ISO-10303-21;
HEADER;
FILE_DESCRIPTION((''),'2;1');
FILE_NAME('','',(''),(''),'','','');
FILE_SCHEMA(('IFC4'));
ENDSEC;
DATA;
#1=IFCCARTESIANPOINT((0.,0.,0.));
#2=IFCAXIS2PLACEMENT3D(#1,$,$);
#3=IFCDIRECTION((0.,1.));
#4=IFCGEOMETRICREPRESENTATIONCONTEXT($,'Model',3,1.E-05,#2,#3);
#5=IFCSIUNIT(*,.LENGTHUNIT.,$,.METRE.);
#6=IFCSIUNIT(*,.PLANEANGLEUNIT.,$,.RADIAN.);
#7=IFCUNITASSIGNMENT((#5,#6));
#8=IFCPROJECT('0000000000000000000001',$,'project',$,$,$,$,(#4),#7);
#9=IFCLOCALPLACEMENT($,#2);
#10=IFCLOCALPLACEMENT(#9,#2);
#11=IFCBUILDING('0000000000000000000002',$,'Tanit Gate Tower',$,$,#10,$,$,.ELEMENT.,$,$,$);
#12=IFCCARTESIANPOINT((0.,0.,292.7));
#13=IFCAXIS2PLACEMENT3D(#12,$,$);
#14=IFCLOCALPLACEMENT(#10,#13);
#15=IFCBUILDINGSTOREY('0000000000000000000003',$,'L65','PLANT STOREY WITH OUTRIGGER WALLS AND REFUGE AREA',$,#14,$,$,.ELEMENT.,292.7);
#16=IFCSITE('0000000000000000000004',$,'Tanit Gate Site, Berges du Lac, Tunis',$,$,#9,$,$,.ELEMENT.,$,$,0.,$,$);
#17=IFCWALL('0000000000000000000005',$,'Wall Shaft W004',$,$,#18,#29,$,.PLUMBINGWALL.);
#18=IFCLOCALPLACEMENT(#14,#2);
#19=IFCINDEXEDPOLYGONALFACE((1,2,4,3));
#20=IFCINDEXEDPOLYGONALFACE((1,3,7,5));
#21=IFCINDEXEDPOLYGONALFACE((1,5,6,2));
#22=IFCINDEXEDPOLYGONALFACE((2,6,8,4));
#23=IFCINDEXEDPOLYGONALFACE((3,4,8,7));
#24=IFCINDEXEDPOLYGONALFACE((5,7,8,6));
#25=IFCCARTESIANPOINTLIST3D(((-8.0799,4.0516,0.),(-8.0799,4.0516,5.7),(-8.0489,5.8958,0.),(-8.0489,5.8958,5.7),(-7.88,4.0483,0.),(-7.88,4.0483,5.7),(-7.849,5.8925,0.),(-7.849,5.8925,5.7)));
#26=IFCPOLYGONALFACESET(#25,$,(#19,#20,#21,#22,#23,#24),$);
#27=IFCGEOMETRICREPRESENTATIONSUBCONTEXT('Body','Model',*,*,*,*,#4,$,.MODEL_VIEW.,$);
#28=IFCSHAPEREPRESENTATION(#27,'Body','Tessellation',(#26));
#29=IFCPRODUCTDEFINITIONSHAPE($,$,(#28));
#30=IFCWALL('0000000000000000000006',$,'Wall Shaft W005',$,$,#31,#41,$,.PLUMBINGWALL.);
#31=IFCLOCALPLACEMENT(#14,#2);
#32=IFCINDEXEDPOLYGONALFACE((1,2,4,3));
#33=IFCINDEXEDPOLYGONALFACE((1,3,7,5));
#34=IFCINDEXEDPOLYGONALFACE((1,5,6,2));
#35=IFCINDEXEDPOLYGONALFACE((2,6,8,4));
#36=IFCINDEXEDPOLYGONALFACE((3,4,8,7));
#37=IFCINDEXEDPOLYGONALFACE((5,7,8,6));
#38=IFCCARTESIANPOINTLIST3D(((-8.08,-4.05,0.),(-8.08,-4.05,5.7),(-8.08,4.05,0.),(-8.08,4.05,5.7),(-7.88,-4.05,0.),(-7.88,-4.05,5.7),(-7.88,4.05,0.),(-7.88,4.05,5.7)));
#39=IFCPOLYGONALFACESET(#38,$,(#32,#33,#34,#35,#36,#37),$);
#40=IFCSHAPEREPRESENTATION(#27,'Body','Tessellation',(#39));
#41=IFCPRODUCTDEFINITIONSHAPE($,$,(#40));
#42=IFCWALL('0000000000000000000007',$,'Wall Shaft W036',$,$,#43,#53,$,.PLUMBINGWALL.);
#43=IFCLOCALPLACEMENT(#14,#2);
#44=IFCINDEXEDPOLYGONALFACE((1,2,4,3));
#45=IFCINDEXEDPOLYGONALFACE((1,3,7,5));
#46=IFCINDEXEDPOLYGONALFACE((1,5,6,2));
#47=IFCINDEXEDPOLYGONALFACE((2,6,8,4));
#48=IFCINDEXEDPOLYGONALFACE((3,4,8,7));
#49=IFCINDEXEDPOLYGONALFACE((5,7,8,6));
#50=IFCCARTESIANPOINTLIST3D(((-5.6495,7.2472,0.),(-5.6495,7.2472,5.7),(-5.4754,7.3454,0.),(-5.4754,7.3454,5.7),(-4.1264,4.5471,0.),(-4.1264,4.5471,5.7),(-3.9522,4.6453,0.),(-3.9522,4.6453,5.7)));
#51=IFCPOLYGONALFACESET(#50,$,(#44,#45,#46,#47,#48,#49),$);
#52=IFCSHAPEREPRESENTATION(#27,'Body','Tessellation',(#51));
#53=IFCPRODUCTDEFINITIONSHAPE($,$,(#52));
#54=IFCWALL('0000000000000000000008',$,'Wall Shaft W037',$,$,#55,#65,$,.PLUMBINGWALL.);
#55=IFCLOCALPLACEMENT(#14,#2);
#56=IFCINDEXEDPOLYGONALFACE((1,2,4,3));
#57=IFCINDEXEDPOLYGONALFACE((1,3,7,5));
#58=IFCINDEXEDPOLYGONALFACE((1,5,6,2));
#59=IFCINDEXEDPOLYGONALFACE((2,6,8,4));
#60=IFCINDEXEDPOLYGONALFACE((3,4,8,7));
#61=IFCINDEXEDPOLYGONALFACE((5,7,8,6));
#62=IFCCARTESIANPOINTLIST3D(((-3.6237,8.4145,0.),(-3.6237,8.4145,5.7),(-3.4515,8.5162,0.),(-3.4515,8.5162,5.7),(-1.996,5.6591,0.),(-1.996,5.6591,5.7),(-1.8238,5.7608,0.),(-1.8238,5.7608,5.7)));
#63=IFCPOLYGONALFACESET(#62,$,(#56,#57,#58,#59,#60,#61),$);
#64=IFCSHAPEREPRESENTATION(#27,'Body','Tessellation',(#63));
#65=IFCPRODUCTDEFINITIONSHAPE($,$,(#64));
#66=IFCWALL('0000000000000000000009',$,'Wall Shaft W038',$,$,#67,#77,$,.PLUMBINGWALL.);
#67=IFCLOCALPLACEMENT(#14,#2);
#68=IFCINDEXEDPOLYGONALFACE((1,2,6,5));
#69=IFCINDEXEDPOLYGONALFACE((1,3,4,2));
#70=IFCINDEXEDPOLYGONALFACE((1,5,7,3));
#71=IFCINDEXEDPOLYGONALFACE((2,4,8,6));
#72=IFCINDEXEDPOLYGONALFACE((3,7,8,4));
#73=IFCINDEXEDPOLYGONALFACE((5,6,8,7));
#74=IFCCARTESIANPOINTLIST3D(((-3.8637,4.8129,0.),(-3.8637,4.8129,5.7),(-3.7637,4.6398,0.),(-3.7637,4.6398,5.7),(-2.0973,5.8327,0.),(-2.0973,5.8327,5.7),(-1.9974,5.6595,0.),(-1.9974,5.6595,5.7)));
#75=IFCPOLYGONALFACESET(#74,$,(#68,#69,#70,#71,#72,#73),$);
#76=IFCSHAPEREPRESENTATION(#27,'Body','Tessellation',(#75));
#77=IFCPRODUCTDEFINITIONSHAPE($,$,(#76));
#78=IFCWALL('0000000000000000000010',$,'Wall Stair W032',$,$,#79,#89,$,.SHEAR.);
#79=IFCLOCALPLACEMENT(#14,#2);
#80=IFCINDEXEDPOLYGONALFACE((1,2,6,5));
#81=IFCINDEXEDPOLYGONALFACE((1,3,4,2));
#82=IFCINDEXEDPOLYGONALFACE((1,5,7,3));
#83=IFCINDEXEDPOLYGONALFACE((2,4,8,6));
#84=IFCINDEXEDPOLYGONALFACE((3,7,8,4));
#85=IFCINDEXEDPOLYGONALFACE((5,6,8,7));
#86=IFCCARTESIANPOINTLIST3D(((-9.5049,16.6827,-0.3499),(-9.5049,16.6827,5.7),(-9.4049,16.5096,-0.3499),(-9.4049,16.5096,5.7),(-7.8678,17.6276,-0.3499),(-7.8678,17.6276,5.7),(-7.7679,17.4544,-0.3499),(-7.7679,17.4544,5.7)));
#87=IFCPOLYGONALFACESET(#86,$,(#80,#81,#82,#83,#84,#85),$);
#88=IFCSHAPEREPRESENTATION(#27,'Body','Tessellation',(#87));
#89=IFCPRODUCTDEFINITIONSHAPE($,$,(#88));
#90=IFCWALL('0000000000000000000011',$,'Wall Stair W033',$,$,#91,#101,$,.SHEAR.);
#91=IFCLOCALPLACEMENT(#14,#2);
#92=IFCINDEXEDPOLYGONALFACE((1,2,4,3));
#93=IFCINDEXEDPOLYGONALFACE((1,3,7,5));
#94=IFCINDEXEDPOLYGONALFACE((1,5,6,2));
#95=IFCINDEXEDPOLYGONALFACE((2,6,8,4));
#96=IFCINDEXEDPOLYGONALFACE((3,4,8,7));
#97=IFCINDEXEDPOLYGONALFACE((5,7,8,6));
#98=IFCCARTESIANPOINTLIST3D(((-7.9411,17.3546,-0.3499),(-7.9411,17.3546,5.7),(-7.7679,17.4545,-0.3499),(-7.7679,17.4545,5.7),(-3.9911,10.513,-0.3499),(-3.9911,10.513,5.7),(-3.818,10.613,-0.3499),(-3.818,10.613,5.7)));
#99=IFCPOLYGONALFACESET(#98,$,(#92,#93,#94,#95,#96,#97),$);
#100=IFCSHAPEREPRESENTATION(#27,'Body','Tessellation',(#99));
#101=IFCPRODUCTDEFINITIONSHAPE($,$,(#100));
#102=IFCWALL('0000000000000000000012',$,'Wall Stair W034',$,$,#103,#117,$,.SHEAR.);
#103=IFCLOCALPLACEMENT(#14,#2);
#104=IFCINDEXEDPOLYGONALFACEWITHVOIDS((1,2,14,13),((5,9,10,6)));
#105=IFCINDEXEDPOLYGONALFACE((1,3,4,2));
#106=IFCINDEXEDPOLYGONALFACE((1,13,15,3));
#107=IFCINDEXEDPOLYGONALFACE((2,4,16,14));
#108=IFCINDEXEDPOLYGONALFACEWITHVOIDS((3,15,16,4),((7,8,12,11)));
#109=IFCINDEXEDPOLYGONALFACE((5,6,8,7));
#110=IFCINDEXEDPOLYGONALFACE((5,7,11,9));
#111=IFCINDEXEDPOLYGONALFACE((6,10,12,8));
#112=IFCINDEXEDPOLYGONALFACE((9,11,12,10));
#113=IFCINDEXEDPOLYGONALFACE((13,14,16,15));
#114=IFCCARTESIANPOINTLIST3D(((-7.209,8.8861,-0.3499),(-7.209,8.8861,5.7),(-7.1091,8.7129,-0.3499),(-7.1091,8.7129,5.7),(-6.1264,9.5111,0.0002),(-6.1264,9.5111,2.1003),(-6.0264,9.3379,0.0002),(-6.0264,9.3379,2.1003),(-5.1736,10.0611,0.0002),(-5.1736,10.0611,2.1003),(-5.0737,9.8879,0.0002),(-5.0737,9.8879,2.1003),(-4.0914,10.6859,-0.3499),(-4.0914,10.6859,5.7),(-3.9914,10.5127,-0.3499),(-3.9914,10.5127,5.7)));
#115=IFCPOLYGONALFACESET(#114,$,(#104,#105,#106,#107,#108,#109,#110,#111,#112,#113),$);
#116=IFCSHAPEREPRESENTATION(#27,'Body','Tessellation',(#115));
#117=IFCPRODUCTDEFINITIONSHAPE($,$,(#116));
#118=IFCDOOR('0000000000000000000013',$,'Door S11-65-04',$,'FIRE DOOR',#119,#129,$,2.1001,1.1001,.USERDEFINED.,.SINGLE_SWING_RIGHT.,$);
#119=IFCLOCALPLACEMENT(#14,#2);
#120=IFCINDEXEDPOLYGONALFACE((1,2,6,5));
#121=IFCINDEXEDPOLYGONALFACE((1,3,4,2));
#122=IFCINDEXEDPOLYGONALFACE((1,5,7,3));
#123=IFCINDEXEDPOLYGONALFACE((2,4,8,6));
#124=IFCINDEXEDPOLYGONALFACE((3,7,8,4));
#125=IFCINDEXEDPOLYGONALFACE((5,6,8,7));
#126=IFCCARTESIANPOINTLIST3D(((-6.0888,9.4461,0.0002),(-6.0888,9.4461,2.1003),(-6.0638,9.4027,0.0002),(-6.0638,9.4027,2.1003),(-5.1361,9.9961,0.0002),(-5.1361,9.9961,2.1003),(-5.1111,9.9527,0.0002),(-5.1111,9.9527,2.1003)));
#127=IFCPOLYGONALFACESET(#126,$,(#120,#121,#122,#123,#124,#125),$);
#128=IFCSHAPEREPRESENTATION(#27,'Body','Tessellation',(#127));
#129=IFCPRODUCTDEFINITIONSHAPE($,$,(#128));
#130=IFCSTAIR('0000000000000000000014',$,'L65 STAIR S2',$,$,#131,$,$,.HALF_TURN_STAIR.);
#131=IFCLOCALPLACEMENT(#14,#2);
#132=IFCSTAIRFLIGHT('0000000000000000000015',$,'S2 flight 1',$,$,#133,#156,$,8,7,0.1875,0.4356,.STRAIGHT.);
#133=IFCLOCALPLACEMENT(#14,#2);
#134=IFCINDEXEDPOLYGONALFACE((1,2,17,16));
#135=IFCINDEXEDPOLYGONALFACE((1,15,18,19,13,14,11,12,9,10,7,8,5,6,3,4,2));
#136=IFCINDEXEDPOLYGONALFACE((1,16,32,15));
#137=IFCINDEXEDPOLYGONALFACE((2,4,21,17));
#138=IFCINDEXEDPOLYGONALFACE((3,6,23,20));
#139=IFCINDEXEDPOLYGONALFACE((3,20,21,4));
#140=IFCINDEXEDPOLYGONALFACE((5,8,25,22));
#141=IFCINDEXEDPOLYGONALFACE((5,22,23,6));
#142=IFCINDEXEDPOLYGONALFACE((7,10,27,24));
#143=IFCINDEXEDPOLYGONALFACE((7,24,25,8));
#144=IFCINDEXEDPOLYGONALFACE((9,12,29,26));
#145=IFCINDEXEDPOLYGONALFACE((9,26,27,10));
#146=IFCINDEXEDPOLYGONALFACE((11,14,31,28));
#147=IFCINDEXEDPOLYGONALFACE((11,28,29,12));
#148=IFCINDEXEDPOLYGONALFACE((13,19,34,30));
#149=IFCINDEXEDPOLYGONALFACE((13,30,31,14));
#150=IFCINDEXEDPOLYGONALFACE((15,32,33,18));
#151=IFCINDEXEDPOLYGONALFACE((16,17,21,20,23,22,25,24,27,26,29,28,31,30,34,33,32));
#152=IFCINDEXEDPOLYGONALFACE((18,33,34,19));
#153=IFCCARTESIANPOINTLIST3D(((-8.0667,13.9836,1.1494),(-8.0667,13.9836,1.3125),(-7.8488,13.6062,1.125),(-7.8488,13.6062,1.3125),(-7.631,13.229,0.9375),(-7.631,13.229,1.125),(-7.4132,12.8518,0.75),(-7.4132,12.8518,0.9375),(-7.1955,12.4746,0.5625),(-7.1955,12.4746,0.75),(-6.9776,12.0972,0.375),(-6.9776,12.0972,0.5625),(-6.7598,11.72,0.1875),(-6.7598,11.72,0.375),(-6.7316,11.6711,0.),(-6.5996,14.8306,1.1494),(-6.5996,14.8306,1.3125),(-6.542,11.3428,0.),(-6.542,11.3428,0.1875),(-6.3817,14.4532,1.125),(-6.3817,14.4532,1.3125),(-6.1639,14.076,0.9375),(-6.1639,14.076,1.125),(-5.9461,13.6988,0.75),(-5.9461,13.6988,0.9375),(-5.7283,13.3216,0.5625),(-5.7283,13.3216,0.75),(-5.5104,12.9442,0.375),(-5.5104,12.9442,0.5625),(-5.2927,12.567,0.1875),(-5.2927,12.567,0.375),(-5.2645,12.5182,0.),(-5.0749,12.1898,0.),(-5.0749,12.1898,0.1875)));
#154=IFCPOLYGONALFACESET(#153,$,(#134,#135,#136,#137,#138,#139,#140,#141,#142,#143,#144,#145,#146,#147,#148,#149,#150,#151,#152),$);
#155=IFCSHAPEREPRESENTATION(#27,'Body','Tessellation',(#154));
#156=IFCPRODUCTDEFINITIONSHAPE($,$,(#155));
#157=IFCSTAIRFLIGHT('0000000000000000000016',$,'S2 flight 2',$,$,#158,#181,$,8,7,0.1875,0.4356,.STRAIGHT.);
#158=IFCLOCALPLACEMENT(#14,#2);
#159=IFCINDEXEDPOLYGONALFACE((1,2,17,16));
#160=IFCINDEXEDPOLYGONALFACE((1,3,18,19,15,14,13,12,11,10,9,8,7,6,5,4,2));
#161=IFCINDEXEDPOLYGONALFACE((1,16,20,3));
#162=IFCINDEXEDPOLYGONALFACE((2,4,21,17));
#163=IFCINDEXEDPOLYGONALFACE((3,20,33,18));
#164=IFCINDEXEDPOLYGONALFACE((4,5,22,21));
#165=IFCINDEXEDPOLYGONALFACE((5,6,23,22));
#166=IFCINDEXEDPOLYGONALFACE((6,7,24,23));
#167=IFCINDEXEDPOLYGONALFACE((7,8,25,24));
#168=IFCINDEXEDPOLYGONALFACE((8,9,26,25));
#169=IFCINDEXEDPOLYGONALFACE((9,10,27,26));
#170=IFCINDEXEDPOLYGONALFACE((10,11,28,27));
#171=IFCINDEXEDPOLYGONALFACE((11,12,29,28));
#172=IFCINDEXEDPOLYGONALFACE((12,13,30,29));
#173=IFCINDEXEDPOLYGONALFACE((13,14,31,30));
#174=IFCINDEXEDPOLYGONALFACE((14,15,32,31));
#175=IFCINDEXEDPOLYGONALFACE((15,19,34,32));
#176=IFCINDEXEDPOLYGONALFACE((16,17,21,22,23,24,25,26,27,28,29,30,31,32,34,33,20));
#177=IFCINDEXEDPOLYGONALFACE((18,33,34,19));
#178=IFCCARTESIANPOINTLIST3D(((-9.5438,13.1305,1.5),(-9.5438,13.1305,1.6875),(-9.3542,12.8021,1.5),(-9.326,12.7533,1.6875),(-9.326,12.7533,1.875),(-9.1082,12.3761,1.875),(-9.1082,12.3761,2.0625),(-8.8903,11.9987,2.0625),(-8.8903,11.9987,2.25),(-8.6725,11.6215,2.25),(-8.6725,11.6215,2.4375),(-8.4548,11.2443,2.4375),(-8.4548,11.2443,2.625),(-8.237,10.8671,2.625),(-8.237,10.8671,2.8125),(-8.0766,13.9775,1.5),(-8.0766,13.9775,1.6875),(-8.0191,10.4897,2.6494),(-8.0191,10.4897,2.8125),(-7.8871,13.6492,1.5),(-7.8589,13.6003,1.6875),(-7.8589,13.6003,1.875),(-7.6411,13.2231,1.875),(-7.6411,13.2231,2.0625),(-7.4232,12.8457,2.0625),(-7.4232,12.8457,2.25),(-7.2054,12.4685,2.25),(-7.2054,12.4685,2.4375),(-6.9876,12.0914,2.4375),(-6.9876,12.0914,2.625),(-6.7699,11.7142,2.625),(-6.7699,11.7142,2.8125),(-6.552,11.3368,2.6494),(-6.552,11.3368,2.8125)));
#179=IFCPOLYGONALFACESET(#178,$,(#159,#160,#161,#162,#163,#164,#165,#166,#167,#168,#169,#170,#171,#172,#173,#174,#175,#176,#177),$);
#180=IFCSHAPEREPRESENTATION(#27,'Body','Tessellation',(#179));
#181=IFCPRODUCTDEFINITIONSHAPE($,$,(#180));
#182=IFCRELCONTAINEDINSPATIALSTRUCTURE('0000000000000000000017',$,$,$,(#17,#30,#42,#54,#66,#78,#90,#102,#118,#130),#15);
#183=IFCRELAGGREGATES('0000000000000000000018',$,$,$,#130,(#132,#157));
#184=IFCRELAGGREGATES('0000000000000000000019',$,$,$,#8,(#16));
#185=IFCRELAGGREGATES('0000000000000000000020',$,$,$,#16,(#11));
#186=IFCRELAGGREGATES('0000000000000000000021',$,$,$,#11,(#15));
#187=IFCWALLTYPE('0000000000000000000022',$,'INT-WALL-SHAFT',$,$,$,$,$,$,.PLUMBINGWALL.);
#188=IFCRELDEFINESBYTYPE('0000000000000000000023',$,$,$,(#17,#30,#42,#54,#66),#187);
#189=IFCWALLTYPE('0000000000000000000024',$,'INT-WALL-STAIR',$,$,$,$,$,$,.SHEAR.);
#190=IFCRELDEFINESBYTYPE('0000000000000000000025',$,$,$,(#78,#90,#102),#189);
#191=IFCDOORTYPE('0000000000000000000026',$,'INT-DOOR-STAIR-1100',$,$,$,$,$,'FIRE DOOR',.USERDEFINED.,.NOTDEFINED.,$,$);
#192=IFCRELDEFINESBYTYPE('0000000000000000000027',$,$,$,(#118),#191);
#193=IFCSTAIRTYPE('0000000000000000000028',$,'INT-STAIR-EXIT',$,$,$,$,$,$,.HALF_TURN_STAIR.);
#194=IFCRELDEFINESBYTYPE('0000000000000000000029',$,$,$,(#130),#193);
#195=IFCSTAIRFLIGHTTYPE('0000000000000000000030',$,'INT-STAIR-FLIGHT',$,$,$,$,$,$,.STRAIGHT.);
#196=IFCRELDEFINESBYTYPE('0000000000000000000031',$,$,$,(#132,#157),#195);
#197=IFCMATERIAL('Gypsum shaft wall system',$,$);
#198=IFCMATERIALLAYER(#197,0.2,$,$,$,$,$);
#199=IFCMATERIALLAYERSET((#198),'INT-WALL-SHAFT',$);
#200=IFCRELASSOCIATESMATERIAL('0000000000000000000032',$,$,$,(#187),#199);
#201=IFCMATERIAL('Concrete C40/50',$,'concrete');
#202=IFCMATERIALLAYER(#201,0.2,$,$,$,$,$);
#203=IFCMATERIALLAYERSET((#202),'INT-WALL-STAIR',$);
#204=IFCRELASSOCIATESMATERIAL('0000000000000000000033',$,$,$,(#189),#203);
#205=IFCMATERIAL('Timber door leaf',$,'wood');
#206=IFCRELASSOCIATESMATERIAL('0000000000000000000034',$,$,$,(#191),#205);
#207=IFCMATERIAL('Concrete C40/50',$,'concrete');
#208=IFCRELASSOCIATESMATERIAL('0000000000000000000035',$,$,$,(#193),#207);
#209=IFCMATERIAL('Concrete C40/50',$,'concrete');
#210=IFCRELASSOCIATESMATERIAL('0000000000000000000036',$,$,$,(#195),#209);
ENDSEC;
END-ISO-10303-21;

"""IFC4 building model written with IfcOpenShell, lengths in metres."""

from ifc_helpers import new_model, si_unit, direction, frame, frame_2d, origin, place, context, subcontext, project, spatial, polyline, rectangle, outline, extrude, material, layer, layer_set, type_object, element, fill, aggregate, save


model = new_model("IFC4")

# Units and contexts
model_context = context("Model", 3, precision=1e-05, world=origin(), true_north=direction((0.0, 1.0)))
body_context = subcontext(model_context, "Body", "Model", "MODEL_VIEW")
ifc_project = project(units=[si_unit("LENGTHUNIT", "METRE"), si_unit("PLANEANGLEUNIT", "RADIAN")], contexts=[model_context])

# Site, building, storey
site_placement = place(None, origin())
site = spatial("IfcSite", under=ifc_project, at=site_placement, Name="Tanit Gate Site, Berges du Lac, Tunis", CompositionType="ELEMENT", RefElevation=0.0)
building_placement = place(site_placement, origin())
building = spatial("IfcBuilding", under=site, at=building_placement, Name="Tanit Gate Tower", CompositionType="ELEMENT")
storey_placement = place(building_placement, frame((0.0, 0.0, 292.7)))
storey = spatial("IfcBuildingStorey", under=building, at=storey_placement, Name="L65", Description="PLANT STOREY WITH OUTRIGGER WALLS AND REFUGE AREA", CompositionType="ELEMENT", Elevation=292.7)

# Walls
ifc_material_1 = material(Name="Gypsum shaft wall system")
ifc_layer_1 = layer(ifc_material_1, 0.2)
ifc_layer_set_1 = layer_set([ifc_layer_1], Name="INT-WALL-SHAFT")
wall_type_1 = type_object("IfcWallType", Name="INT-WALL-SHAFT", PredefinedType="PLUMBINGWALL", material=ifc_layer_set_1)
wall_1_placement = place(storey_placement, frame((-7.949, 5.8943, 0.0), z_axis=(0.0, 0.0, 1.0), x_axis=(-0.01681, -0.999859, 0.0)))
element("IfcWall", 1, at=wall_1_placement, inside=storey, type_object=wall_type_1, Name="Wall Shaft W004", PredefinedType="PLUMBINGWALL", context=body_context, shape_type="SweptSolid", body=[
    extrude(rectangle(XDim=1.8445, YDim=0.2, at=frame_2d((0.9224, 0.0))), origin(), (0.0, 0.0, 1.0), 5.7),
])
wall_2_placement = place(storey_placement, frame((-7.98, 4.05, 0.0), z_axis=(0.0, 0.0, 1.0), x_axis=(0.0, -1.0, 0.0)))
element("IfcWall", 2, at=wall_2_placement, inside=storey, type_object=wall_type_1, Name="Wall Shaft W005", PredefinedType="PLUMBINGWALL", context=body_context, shape_type="SweptSolid", body=[
    extrude(rectangle(XDim=8.1001, YDim=0.2, at=frame_2d((4.05, 0.0))), origin(), (0.0, 0.0, 1.0), 5.7),
])

# Walls
wall_3_placement = place(storey_placement, frame((-4.0393, 4.5962, 0.0), z_axis=(0.0, 0.0, 1.0), x_axis=(-0.491323, 0.870978, 0.0)))
element("IfcWall", 3, at=wall_3_placement, inside=storey, type_object=wall_type_1, Name="Wall Shaft W036", PredefinedType="PLUMBINGWALL", context=body_context, shape_type="SweptSolid", body=[
    extrude(rectangle(XDim=3.1001, YDim=0.2, at=frame_2d((1.55, 0.0))), origin(), (0.0, 0.0, 1.0), 5.7),
])
wall_4_placement = place(storey_placement, frame((-3.5376, 8.4653, 0.0), z_axis=(0.0, 0.0, 1.0), x_axis=(0.508616, -0.860993, 0.0)))
element("IfcWall", 4, at=wall_4_placement, inside=storey, type_object=wall_type_1, Name="Wall Shaft W037", PredefinedType="PLUMBINGWALL", context=body_context, shape_type="SweptSolid", body=[
    extrude(rectangle(XDim=3.2002, YDim=0.2, at=frame_2d((1.6001, 0.0))), origin(), (0.0, 0.0, 1.0), 5.7),
])
wall_5_placement = place(storey_placement, frame((-2.0474, 5.7461, 0.0), z_axis=(0.0, 0.0, 1.0), x_axis=(-0.866032, -0.499988, 0.0)))
element("IfcWall", 5, at=wall_5_placement, inside=storey, type_object=wall_type_1, Name="Wall Shaft W038", PredefinedType="PLUMBINGWALL", context=body_context, shape_type="SweptSolid", body=[
    extrude(rectangle(XDim=2.0396, YDim=0.2, at=frame_2d((1.0198, 0.0))), origin(), (0.0, 0.0, 1.0), 5.7),
])
ifc_material_2 = material(Name="Concrete C40/50", Category="concrete")
ifc_layer_2 = layer(ifc_material_2, 0.2)
ifc_layer_set_2 = layer_set([ifc_layer_2], Name="INT-WALL-STAIR")
wall_type_2 = type_object("IfcWallType", Name="INT-WALL-STAIR", PredefinedType="SHEAR", material=ifc_layer_set_2)
wall_6_placement = place(storey_placement, frame((-7.8179, 17.541, -0.3499), z_axis=(0.0, 0.0, 1.0), x_axis=(-0.866089, -0.49989, 0.0)))
element("IfcWall", 6, at=wall_6_placement, inside=storey, type_object=wall_type_2, Name="Wall Stair W032", PredefinedType="SHEAR", context=body_context, shape_type="SweptSolid", body=[
    extrude(rectangle(XDim=1.8901, YDim=0.2, at=frame_2d((0.9451, 0.0))), origin(), (0.0, 0.0, 1.0), 6.0498),
])
wall_7_placement = place(storey_placement, frame((-7.8545, 17.4045, -0.3499), z_axis=(0.0, 0.0, 1.0), x_axis=(0.499998, -0.866027, 0.0)))
element("IfcWall", 7, at=wall_7_placement, inside=storey, type_object=wall_type_2, Name="Wall Stair W033", PredefinedType="SHEAR", context=body_context, shape_type="SweptSolid", body=[
    extrude(rectangle(XDim=7.8999, YDim=0.2, at=frame_2d((3.95, 0.0))), origin(), (0.0, 0.0, 1.0), 6.0498),
])

# Wall, opening, door
wall_8_placement = place(storey_placement, frame((-7.1589, 8.7996, -0.3499), z_axis=(0.0, 0.0, 1.0), x_axis=(0.866048, 0.499961, 0.0)))
wall_8 = element("IfcWall", 8, at=wall_8_placement, inside=storey, type_object=wall_type_2, Name="Wall Stair W034", PredefinedType="SHEAR", context=body_context, shape_type="SweptSolid", body=[
    extrude(rectangle(XDim=3.5999, YDim=0.2, at=frame_2d((1.7998, 0.0))), origin(), (0.0, 0.0, 1.0), 6.0498),
])
opening_1_placement = place(wall_8_placement, frame((1.25, 0.0, 0.3501)))
opening_1 = element("IfcOpeningElement", 9, at=opening_1_placement, cuts=wall_8, PredefinedType="OPENING", context=body_context, shape_type="SweptSolid", body=[
    extrude(rectangle(XDim=1.1001, YDim=2.1001, at=frame_2d((0.55, 1.05))), frame((0.0, 0.1099, 0.0), z_axis=(0.0, -1.0, 0.0), x_axis=(1.0, 0.0, 0.0)), (0.0, 0.0, 1.0), 0.22),
])
ifc_material_3 = material(Name="Timber door leaf", Category="wood")
door_type_1 = type_object("IfcDoorType", Name="INT-DOOR-STAIR-1100", ElementType="FIRE DOOR", OperationType="NOTDEFINED", PredefinedType="USERDEFINED", material=ifc_material_3)
door_1_placement = place(opening_1_placement, origin())
door_1 = element("IfcDoor", 10, at=door_1_placement, inside=storey, type_object=door_type_1, Name="Door S11-65-04", ObjectType="FIRE DOOR", OperationType="SINGLE_SWING_RIGHT", OverallHeight=2.1001, OverallWidth=1.1001, PredefinedType="USERDEFINED", context=body_context, shape_type="SweptSolid", body=[
    extrude(rectangle(XDim=1.1001, YDim=2.1001, at=frame_2d((0.55, 1.05))), frame((0.0, 0.0249, 0.0), z_axis=(0.0, -1.0, 0.0), x_axis=(1.0, 0.0, 0.0)), (0.0, 0.0, 1.0), 0.05),
])
fill(opening_1, door_1)

# Stair, stair flights
ifc_material_4 = material(Name="Concrete C40/50", Category="concrete")
stair_type = type_object("IfcStairType", Name="INT-STAIR-EXIT", PredefinedType="HALF_TURN_STAIR", material=ifc_material_4)
stair_placement = place(storey_placement, origin())
stair = element("IfcStair", 11, at=stair_placement, inside=storey, type_object=stair_type, Name="L65 STAIR S2", PredefinedType="HALF_TURN_STAIR")
ifc_material_5 = material(Name="Concrete C40/50", Category="concrete")
stair_flight_type = type_object("IfcStairFlightType", Name="INT-STAIR-FLIGHT", PredefinedType="STRAIGHT", material=ifc_material_5)
stair_flight_1_placement = place(storey_placement, frame((-5.8083, 11.7664, 0.0), z_axis=(0.0, 0.0, 1.0), x_axis=(-0.5, 0.866025, 0.0)))
stair_flight_1 = element("IfcStairFlight", 12, at=stair_flight_1_placement, type_object=stair_flight_type, Name="S2 flight 1", NumberOfRisers=8, NumberOfTreads=7, PredefinedType="STRAIGHT", RiserHeight=0.1875, TreadLength=0.4356, context=body_context, shape_type="SweptSolid", body=[
    extrude(outline(polyline([(0.0, 0.0), (0.0, 0.1875), (0.4355, 0.1875), (0.4355, 0.375), (0.8711, 0.375), (0.8711, 0.5625), (1.3069, 0.5625), (1.3069, 0.75), (1.7424, 0.75), (1.7424, 0.9375), (2.178, 0.9375), (2.178, 1.125), (2.6135, 1.125), (2.6135, 1.3125), (3.0493, 1.3125), (3.0493, 1.5), (3.0493, 1.1494), (0.3792, 0.0), (0.0, 0.0)])), frame((0.0, 0.8472, 0.0), z_axis=(0.0, -1.0, 0.0), x_axis=(1.0, 0.0, 0.0)), (0.0, 0.0, 1.0), 1.6941),
])
stair_flight_2_placement = place(storey_placement, frame((-8.8103, 13.554, 1.5), z_axis=(0.0, 0.0, 1.0), x_axis=(0.5, -0.866025, 0.0)))
stair_flight_2 = element("IfcStairFlight", 13, at=stair_flight_2_placement, type_object=stair_flight_type, Name="S2 flight 2", NumberOfRisers=8, NumberOfTreads=7, PredefinedType="STRAIGHT", RiserHeight=0.1875, TreadLength=0.4356, context=body_context, shape_type="SweptSolid", body=[
    extrude(outline(polyline([(0.0, 0.0), (0.0, 0.1875), (0.4355, 0.1875), (0.4355, 0.375), (0.8711, 0.375), (0.8711, 0.5625), (1.3069, 0.5625), (1.3069, 0.75), (1.7424, 0.75), (1.7424, 0.9375), (2.178, 0.9375), (2.178, 1.125), (2.6135, 1.125), (2.6135, 1.3125), (3.0493, 1.3125), (3.0493, 1.5), (3.0493, 1.1494), (0.3792, 0.0), (0.0, 0.0)])), frame((0.0, 0.8472, 0.0), z_axis=(0.0, -1.0, 0.0), x_axis=(1.0, 0.0, 0.0)), (0.0, 0.0, 1.0), 1.6941),
])
aggregate(stair, [stair_flight_1, stair_flight_2])

save(model, "model.ifc")
